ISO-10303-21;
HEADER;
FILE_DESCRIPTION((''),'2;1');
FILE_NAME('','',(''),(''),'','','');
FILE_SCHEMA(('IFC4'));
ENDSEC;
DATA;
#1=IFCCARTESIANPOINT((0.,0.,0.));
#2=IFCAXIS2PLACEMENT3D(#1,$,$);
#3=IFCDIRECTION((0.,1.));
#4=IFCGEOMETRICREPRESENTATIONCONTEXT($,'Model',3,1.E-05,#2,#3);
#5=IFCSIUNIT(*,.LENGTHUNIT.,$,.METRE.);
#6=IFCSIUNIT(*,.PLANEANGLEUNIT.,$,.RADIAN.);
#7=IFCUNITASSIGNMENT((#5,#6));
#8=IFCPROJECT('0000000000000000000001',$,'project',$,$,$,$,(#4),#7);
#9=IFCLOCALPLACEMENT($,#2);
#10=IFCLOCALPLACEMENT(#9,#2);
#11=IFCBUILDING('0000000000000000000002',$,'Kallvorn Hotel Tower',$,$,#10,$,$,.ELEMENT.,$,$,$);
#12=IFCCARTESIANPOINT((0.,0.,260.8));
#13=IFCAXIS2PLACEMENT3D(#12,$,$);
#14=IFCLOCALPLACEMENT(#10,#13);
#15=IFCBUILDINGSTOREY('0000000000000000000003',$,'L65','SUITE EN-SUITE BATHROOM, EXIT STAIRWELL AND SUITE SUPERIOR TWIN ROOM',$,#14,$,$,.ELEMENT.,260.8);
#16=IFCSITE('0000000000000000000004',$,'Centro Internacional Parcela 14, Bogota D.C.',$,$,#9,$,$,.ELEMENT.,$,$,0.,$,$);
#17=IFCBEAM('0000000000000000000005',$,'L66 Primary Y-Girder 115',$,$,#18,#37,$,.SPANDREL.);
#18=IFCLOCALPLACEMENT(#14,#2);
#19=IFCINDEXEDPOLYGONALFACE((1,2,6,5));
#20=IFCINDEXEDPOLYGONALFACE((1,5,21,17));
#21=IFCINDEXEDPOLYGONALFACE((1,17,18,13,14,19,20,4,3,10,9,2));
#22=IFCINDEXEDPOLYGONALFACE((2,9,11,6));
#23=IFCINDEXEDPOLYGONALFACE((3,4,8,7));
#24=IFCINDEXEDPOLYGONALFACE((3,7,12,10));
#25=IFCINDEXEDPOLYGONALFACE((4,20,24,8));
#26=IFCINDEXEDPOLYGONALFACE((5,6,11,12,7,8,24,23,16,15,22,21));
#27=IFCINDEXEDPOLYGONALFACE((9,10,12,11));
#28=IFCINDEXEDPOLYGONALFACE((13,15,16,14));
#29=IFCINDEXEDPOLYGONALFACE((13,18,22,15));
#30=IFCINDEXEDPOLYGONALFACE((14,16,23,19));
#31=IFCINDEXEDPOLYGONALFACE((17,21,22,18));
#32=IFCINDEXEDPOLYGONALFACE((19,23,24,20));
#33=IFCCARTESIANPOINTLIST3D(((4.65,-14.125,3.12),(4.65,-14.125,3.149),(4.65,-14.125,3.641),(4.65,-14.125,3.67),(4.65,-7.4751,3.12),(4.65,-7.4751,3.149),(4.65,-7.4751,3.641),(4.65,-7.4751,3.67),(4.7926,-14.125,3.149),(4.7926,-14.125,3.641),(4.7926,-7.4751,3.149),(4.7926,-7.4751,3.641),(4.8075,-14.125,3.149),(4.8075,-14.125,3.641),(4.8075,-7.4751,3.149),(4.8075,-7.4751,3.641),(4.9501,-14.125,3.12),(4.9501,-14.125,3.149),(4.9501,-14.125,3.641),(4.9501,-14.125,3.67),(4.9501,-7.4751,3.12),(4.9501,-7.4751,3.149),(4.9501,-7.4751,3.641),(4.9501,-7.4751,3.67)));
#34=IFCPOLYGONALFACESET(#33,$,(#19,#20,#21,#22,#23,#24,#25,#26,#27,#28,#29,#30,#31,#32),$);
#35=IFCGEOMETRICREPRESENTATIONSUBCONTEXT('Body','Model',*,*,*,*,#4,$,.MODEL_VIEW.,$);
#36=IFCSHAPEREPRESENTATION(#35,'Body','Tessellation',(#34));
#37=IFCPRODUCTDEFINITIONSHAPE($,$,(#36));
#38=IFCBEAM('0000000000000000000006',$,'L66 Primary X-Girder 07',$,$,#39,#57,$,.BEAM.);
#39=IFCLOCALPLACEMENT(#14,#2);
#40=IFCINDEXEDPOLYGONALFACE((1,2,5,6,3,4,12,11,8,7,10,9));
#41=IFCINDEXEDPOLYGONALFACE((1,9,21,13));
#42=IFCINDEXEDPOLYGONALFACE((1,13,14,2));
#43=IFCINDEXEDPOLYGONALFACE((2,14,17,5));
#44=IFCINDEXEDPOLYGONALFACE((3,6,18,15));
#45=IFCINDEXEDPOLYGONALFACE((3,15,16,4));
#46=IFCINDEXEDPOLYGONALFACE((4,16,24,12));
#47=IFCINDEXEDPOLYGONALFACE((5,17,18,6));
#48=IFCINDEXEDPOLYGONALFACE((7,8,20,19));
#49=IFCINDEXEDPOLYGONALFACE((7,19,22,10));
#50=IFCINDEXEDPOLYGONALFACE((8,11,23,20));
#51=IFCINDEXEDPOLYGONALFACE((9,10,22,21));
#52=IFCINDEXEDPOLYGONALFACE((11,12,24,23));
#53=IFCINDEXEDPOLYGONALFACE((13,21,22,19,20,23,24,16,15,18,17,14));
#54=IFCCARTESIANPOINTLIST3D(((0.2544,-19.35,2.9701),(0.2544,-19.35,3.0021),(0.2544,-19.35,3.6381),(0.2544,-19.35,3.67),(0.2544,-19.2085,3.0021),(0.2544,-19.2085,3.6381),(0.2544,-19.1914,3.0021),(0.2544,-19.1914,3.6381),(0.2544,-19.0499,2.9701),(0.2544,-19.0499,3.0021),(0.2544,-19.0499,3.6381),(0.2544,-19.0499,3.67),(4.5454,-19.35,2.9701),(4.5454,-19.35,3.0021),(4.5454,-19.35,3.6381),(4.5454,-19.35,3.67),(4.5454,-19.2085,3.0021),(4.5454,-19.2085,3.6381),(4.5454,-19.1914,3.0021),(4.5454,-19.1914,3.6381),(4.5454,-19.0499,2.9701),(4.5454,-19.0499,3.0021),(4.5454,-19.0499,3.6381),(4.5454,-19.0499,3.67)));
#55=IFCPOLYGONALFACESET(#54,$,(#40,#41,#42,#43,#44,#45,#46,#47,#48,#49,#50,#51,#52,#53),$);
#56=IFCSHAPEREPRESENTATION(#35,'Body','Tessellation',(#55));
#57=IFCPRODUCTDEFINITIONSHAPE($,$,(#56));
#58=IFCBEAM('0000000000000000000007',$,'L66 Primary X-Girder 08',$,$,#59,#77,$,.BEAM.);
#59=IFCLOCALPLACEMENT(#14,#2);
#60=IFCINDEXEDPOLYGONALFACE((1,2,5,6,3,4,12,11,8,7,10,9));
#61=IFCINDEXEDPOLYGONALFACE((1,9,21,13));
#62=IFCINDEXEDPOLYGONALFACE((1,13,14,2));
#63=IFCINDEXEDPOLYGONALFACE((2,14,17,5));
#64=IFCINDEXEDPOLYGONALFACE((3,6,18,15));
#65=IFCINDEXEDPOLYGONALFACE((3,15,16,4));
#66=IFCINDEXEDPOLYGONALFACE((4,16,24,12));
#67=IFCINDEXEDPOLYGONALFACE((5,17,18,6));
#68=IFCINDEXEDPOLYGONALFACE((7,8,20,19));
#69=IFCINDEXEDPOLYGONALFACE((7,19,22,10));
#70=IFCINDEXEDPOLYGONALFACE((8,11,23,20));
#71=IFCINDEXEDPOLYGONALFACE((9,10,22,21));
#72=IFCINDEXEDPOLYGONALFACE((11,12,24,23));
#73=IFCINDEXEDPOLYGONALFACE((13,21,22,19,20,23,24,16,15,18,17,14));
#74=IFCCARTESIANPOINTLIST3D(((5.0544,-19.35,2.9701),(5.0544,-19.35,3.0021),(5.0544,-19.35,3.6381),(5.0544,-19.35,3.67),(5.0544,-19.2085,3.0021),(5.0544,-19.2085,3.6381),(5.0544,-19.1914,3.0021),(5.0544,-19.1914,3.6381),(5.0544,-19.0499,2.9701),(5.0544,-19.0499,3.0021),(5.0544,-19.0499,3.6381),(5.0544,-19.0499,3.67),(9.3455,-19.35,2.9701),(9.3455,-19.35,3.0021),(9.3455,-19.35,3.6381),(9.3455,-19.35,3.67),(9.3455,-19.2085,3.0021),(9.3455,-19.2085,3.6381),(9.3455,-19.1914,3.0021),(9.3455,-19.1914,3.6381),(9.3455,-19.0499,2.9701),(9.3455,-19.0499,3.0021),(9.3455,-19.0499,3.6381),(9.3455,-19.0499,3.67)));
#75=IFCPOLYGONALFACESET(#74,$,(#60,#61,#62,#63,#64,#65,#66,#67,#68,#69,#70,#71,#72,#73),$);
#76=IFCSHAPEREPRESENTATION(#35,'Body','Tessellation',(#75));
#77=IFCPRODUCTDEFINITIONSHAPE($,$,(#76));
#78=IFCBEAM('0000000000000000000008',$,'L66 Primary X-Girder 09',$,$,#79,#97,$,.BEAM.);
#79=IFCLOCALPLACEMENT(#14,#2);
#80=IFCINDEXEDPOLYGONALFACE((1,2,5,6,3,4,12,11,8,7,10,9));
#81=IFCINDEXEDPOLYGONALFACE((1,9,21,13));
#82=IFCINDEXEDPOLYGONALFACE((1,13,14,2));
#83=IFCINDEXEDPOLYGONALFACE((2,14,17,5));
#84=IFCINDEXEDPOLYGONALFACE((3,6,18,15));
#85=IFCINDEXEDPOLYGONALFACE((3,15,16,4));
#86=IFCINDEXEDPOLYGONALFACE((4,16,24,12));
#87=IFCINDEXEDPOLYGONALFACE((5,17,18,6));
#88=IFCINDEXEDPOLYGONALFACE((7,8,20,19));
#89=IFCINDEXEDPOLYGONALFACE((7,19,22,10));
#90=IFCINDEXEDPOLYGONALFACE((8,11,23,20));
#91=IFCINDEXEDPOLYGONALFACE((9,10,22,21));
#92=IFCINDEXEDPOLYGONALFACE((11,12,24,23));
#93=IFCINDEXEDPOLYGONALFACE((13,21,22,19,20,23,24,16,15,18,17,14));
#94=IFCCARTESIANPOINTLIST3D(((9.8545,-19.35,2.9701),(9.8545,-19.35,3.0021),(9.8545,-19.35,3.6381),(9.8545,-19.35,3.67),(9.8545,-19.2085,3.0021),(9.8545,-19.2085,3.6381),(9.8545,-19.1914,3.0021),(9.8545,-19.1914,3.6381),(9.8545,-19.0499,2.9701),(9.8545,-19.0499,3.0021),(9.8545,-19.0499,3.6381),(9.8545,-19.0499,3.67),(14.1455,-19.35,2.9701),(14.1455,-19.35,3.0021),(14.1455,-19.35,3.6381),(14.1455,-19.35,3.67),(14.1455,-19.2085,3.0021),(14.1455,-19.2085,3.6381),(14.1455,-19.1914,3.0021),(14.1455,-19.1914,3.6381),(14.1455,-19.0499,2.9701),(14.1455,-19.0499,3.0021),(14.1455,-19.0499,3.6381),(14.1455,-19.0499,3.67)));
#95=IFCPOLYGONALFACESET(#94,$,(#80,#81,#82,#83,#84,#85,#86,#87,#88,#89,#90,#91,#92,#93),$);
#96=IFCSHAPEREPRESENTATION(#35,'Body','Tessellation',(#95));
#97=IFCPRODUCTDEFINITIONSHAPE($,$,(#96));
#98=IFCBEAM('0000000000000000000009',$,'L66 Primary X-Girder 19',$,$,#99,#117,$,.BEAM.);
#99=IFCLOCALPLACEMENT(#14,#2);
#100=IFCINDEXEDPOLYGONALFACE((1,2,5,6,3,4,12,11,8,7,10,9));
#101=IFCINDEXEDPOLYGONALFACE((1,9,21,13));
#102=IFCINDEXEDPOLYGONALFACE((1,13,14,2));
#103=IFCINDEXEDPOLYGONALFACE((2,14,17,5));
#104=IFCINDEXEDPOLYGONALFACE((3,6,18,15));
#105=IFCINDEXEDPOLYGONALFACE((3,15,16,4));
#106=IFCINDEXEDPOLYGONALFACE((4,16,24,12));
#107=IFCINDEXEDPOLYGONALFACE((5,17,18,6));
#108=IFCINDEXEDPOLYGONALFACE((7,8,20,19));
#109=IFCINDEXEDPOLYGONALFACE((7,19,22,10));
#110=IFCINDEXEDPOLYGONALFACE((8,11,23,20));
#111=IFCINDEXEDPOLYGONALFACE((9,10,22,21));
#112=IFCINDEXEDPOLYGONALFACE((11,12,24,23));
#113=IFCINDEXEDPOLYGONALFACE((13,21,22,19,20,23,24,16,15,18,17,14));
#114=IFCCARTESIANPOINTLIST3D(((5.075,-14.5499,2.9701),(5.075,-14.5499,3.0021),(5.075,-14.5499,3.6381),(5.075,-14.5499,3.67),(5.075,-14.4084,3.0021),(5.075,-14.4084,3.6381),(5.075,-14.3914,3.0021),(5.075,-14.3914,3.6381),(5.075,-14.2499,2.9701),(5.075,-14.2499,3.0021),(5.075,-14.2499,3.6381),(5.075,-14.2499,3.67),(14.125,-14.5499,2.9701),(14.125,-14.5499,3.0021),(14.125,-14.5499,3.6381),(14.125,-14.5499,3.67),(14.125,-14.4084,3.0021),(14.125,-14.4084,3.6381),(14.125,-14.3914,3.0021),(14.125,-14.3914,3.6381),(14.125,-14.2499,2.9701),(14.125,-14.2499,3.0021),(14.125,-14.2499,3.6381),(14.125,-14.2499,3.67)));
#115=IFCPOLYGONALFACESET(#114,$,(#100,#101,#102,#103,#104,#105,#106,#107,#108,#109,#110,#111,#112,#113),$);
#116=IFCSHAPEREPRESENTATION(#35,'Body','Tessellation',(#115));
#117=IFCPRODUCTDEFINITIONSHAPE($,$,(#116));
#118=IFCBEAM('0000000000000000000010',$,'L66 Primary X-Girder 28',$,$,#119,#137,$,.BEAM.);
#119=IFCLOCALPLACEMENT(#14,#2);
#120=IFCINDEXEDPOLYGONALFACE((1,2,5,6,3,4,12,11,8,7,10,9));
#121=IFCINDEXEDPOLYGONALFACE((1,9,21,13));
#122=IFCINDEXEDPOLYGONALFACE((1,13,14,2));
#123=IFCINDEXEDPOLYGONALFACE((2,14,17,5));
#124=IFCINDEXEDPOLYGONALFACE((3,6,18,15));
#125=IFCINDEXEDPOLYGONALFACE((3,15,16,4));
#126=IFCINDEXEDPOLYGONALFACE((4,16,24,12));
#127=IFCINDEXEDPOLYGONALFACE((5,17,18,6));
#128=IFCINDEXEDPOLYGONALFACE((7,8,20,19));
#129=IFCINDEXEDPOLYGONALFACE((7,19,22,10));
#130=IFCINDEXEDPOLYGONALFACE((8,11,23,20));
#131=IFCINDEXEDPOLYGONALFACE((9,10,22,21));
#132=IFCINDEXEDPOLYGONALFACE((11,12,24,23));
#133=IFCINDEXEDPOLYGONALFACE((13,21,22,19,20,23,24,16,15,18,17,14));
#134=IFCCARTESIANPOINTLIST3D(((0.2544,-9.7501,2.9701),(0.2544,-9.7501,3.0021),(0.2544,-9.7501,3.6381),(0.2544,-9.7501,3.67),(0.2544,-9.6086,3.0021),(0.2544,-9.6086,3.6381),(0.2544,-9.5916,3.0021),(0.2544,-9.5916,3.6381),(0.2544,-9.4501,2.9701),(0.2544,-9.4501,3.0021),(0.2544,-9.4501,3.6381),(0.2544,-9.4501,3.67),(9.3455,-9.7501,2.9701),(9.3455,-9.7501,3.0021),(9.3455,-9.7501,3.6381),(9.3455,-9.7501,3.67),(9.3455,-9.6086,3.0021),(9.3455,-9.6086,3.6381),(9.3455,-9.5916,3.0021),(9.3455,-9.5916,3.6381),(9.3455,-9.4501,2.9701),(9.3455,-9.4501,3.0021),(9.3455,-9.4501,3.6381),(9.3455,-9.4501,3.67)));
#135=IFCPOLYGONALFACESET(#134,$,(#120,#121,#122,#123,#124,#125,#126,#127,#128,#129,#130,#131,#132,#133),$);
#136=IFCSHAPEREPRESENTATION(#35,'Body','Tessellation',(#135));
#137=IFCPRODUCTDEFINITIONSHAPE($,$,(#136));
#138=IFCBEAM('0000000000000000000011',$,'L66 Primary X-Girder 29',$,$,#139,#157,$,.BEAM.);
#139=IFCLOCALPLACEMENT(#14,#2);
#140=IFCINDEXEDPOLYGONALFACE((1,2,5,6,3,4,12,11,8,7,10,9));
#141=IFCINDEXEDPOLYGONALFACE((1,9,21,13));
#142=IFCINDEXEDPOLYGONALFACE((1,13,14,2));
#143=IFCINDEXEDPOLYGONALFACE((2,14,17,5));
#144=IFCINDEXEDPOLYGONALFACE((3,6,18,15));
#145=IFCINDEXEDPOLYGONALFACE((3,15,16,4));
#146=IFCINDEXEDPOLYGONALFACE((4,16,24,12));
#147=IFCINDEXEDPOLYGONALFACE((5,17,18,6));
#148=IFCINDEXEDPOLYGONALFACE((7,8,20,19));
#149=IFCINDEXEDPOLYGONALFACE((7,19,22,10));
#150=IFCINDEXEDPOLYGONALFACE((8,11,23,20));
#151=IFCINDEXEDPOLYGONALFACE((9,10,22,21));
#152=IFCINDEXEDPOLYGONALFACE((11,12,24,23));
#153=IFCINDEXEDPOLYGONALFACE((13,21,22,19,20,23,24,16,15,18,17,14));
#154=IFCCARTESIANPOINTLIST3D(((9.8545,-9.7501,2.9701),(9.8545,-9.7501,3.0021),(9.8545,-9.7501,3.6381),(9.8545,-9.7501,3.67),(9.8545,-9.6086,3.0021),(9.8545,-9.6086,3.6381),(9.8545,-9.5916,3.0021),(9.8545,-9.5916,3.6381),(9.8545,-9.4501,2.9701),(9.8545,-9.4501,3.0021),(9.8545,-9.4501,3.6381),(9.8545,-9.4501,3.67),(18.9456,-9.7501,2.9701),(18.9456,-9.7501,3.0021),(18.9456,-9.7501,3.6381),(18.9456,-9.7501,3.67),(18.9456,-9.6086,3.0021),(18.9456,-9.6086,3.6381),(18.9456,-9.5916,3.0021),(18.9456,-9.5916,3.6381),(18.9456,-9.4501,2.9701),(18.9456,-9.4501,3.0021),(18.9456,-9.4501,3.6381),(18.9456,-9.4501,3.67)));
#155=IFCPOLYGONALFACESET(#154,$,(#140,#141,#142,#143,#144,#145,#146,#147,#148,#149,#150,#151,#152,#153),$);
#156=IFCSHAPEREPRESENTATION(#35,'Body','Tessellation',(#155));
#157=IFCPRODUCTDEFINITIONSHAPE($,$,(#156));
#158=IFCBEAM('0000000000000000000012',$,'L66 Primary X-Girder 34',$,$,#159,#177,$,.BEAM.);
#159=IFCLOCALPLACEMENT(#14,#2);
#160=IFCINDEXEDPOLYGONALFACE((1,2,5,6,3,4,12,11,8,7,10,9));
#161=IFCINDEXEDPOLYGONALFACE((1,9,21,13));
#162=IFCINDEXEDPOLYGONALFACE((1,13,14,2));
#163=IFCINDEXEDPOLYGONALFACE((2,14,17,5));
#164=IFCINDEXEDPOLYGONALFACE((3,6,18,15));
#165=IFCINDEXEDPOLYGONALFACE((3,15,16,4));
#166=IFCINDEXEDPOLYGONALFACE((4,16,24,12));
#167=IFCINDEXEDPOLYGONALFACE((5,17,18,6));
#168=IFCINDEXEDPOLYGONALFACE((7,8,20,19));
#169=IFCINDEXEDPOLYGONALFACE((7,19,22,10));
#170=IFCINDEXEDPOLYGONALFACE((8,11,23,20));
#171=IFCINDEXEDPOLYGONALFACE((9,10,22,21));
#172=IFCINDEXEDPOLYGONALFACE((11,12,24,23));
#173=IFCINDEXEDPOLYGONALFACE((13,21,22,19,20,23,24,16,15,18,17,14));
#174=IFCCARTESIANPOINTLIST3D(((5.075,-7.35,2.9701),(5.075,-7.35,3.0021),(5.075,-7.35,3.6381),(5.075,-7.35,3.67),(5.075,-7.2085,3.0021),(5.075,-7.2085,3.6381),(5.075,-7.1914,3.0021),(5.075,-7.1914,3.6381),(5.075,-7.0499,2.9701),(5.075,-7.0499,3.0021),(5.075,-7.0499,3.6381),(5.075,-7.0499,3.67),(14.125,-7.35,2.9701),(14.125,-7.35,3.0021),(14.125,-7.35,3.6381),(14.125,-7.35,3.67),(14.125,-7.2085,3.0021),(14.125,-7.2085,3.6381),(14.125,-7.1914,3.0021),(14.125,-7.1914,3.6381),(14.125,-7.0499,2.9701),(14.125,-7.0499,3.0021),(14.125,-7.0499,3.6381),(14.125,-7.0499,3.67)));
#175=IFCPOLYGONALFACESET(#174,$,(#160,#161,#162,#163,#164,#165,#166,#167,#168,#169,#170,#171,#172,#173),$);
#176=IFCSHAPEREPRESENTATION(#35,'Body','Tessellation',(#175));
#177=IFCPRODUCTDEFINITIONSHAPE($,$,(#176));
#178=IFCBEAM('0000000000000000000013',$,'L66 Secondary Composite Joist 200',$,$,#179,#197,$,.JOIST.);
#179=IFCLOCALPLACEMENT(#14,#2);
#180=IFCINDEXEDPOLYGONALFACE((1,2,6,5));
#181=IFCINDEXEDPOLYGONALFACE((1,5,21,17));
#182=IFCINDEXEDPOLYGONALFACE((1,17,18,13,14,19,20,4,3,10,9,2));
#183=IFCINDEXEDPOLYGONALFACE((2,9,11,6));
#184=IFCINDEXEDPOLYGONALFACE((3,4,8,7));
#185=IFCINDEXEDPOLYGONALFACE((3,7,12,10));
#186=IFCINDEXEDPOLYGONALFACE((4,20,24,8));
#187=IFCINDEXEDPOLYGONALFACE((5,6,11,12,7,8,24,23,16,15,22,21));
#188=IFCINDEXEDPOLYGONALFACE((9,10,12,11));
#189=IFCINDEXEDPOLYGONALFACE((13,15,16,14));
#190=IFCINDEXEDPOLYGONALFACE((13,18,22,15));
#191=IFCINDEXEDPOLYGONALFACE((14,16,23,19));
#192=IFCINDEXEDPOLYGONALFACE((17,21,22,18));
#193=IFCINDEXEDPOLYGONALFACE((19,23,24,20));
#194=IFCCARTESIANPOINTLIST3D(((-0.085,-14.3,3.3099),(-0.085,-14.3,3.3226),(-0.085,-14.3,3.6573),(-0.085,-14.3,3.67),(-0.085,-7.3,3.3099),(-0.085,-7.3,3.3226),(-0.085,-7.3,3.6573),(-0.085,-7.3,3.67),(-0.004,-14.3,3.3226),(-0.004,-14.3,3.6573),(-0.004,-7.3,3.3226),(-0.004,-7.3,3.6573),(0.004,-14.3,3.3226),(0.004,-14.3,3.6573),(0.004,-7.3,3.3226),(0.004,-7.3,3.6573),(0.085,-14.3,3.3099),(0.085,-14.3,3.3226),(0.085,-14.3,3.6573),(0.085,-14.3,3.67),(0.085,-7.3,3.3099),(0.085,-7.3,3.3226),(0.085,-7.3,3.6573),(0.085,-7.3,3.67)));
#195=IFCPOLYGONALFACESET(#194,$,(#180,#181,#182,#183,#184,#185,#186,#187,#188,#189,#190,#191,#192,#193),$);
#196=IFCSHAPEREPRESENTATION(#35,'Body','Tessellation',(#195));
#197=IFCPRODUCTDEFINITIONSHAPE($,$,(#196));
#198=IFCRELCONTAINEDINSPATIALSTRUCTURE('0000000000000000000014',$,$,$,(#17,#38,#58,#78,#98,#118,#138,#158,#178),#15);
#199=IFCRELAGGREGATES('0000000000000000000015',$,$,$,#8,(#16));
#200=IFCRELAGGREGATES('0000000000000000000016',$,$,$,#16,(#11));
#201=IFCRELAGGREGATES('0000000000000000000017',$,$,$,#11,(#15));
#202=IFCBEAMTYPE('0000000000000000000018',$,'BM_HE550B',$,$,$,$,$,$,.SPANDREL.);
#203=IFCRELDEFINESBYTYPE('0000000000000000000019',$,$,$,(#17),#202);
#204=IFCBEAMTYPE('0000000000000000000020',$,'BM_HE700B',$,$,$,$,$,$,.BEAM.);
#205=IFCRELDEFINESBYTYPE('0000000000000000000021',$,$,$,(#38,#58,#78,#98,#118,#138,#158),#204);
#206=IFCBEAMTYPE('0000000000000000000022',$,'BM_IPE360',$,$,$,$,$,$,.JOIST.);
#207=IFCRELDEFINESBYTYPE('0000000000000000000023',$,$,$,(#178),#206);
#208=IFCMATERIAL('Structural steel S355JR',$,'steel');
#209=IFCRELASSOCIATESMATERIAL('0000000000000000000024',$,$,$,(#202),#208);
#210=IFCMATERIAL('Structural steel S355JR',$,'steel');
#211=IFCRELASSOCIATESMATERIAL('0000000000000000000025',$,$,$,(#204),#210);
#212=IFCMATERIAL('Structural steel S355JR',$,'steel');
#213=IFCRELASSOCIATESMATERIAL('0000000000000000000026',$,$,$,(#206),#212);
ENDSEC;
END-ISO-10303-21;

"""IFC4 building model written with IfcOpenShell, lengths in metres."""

from ifc_helpers import new_model, si_unit, direction, frame, origin, origin_2d, place, context, subcontext, project, spatial, i_section, extrude, material, material_profile, profile_set, type_object, element, save


model = new_model("IFC4")

# Units and contexts
model_context = context("Model", 3, precision=1e-05, world=origin(), true_north=direction((0.0, 1.0)))
body_context = subcontext(model_context, "Body", "Model", "MODEL_VIEW")
ifc_project = project(units=[si_unit("LENGTHUNIT", "METRE"), si_unit("PLANEANGLEUNIT", "RADIAN")], contexts=[model_context])

# Site, building, storey
site_placement = place(None, origin())
site = spatial("IfcSite", under=ifc_project, at=site_placement, Name="Centro Internacional Parcela 14, Bogota D.C.", CompositionType="ELEMENT", RefElevation=0.0)
building_placement = place(site_placement, origin())
building = spatial("IfcBuilding", under=site, at=building_placement, Name="Kallvorn Hotel Tower", CompositionType="ELEMENT")
storey_placement = place(building_placement, frame((0.0, 0.0, 260.8)))
storey = spatial("IfcBuildingStorey", under=building, at=storey_placement, Name="L65", Description="SUITE EN-SUITE BATHROOM, EXIT STAIRWELL AND SUITE SUPERIOR TWIN ROOM", CompositionType="ELEMENT", Elevation=260.8)

# Beams
ifc_material_1 = material(Name="Structural steel S355JR", Category="steel")
ifc_material_profile_1 = material_profile(ifc_material_1, i_section(OverallWidth=0.3, OverallDepth=0.55, WebThickness=0.0149, FlangeThickness=0.0291, at=origin_2d()), Name="HE 550 B")
ifc_profile_set_1 = profile_set([ifc_material_profile_1], Name="Structural steel S355JR")
beam_type_1 = type_object("IfcBeamType", Name="BM_HE550B", PredefinedType="SPANDREL", material=ifc_profile_set_1)
beam_1_placement = place(storey_placement, frame((4.8, -14.125, 3.395), z_axis=(0.0, 1.0, 0.0), x_axis=(-1.0, 0.0, 0.0)))
element("IfcBeam", 1, at=beam_1_placement, inside=storey, type_object=beam_type_1, Name="L66 Primary Y-Girder 115", PredefinedType="SPANDREL", context=body_context, shape_type="SweptSolid", body=[
    extrude(i_section(OverallWidth=0.3, OverallDepth=0.55, WebThickness=0.0149, FlangeThickness=0.0291, at=origin_2d()), origin(), (0.0, 0.0, 1.0), 6.6499),
])
ifc_material_2 = material(Name="Structural steel S355JR", Category="steel")
ifc_material_profile_2 = material_profile(ifc_material_2, i_section(OverallWidth=0.3, OverallDepth=0.7, WebThickness=0.0171, FlangeThickness=0.032, at=origin_2d()), Name="HE 700 B")
ifc_profile_set_2 = profile_set([ifc_material_profile_2], Name="Structural steel S355JR")
beam_type_2 = type_object("IfcBeamType", Name="BM_HE700B", PredefinedType="BEAM", material=ifc_profile_set_2)
for number, where, z_axis, x_axis, name in (
    (2, (0.2544, -19.2, 3.3201), (1.0, 0.0, 0.0), (0.0, 1.0, 0.0), "L66 Primary X-Girder 07"),
    (3, (5.0544, -19.2, 3.3201), (1.0, 0.0, 0.0), (0.0, 1.0, 0.0), "L66 Primary X-Girder 08"),
    (4, (9.8545, -19.2, 3.3201), (1.0, 0.0, 0.0), (0.0, 1.0, 0.0), "L66 Primary X-Girder 09"),
):
    element("IfcBeam", number, at=place(storey_placement, frame(where, z_axis=z_axis, x_axis=x_axis)), inside=storey, type_object=beam_type_2, Name=name, PredefinedType="BEAM", context=body_context, shape_type="SweptSolid", body=[
        extrude(i_section(OverallWidth=0.3, OverallDepth=0.7, WebThickness=0.0171, FlangeThickness=0.032, at=origin_2d()), origin(), (0.0, 0.0, 1.0), 4.291),
    ])
beam_2_placement = place(storey_placement, frame((5.075, -14.3999, 3.3201), z_axis=(1.0, 0.0, 0.0), x_axis=(0.0, 1.0, 0.0)))
element("IfcBeam", 5, at=beam_2_placement, inside=storey, type_object=beam_type_2, Name="L66 Primary X-Girder 19", PredefinedType="BEAM", context=body_context, shape_type="SweptSolid", body=[
    extrude(i_section(OverallWidth=0.3, OverallDepth=0.7, WebThickness=0.0171, FlangeThickness=0.032, at=origin_2d()), origin(), (0.0, 0.0, 1.0), 9.05),
])
for number, where, z_axis, x_axis, name in (
    (6, (0.2544, -9.6001, 3.3201), (1.0, 0.0, 0.0), (0.0, 1.0, 0.0), "L66 Primary X-Girder 28"),
    (7, (9.8545, -9.6001, 3.3201), (1.0, 0.0, 0.0), (0.0, 1.0, 0.0), "L66 Primary X-Girder 29"),
):
    element("IfcBeam", number, at=place(storey_placement, frame(where, z_axis=z_axis, x_axis=x_axis)), inside=storey, type_object=beam_type_2, Name=name, PredefinedType="BEAM", context=body_context, shape_type="SweptSolid", body=[
        extrude(i_section(OverallWidth=0.3, OverallDepth=0.7, WebThickness=0.0171, FlangeThickness=0.032, at=origin_2d()), origin(), (0.0, 0.0, 1.0), 9.0911),
    ])
beam_3_placement = place(storey_placement, frame((5.075, -7.2, 3.3201), z_axis=(1.0, 0.0, 0.0), x_axis=(0.0, 1.0, 0.0)))
element("IfcBeam", 8, at=beam_3_placement, inside=storey, type_object=beam_type_2, Name="L66 Primary X-Girder 34", PredefinedType="BEAM", context=body_context, shape_type="SweptSolid", body=[
    extrude(i_section(OverallWidth=0.3, OverallDepth=0.7, WebThickness=0.0171, FlangeThickness=0.032, at=origin_2d()), origin(), (0.0, 0.0, 1.0), 9.05),
])
ifc_material_3 = material(Name="Structural steel S355JR", Category="steel")
ifc_material_profile_3 = material_profile(ifc_material_3, i_section(OverallWidth=0.1699, OverallDepth=0.3601, WebThickness=0.0081, FlangeThickness=0.0127, at=origin_2d()), Name="IPE 360")
ifc_profile_set_3 = profile_set([ifc_material_profile_3], Name="Structural steel S355JR")
beam_type_3 = type_object("IfcBeamType", Name="BM_IPE360", PredefinedType="JOIST", material=ifc_profile_set_3)
for number, where, z_axis, x_axis, name in (
    (9, (0.0, -14.3, 3.49), (0.0, 1.0, 0.0), (-1.0, 0.0, 0.0), "L66 Secondary Composite Joist 200"),
):
    element("IfcBeam", number, at=place(storey_placement, frame(where, z_axis=z_axis, x_axis=x_axis)), inside=storey, type_object=beam_type_3, Name=name, PredefinedType="JOIST", context=body_context, shape_type="SweptSolid", body=[
        extrude(i_section(OverallWidth=0.1699, OverallDepth=0.3601, WebThickness=0.0081, FlangeThickness=0.0127, at=origin_2d()), origin(), (0.0, 0.0, 1.0), 7.0),
    ])

save(model, "model.ifc")
